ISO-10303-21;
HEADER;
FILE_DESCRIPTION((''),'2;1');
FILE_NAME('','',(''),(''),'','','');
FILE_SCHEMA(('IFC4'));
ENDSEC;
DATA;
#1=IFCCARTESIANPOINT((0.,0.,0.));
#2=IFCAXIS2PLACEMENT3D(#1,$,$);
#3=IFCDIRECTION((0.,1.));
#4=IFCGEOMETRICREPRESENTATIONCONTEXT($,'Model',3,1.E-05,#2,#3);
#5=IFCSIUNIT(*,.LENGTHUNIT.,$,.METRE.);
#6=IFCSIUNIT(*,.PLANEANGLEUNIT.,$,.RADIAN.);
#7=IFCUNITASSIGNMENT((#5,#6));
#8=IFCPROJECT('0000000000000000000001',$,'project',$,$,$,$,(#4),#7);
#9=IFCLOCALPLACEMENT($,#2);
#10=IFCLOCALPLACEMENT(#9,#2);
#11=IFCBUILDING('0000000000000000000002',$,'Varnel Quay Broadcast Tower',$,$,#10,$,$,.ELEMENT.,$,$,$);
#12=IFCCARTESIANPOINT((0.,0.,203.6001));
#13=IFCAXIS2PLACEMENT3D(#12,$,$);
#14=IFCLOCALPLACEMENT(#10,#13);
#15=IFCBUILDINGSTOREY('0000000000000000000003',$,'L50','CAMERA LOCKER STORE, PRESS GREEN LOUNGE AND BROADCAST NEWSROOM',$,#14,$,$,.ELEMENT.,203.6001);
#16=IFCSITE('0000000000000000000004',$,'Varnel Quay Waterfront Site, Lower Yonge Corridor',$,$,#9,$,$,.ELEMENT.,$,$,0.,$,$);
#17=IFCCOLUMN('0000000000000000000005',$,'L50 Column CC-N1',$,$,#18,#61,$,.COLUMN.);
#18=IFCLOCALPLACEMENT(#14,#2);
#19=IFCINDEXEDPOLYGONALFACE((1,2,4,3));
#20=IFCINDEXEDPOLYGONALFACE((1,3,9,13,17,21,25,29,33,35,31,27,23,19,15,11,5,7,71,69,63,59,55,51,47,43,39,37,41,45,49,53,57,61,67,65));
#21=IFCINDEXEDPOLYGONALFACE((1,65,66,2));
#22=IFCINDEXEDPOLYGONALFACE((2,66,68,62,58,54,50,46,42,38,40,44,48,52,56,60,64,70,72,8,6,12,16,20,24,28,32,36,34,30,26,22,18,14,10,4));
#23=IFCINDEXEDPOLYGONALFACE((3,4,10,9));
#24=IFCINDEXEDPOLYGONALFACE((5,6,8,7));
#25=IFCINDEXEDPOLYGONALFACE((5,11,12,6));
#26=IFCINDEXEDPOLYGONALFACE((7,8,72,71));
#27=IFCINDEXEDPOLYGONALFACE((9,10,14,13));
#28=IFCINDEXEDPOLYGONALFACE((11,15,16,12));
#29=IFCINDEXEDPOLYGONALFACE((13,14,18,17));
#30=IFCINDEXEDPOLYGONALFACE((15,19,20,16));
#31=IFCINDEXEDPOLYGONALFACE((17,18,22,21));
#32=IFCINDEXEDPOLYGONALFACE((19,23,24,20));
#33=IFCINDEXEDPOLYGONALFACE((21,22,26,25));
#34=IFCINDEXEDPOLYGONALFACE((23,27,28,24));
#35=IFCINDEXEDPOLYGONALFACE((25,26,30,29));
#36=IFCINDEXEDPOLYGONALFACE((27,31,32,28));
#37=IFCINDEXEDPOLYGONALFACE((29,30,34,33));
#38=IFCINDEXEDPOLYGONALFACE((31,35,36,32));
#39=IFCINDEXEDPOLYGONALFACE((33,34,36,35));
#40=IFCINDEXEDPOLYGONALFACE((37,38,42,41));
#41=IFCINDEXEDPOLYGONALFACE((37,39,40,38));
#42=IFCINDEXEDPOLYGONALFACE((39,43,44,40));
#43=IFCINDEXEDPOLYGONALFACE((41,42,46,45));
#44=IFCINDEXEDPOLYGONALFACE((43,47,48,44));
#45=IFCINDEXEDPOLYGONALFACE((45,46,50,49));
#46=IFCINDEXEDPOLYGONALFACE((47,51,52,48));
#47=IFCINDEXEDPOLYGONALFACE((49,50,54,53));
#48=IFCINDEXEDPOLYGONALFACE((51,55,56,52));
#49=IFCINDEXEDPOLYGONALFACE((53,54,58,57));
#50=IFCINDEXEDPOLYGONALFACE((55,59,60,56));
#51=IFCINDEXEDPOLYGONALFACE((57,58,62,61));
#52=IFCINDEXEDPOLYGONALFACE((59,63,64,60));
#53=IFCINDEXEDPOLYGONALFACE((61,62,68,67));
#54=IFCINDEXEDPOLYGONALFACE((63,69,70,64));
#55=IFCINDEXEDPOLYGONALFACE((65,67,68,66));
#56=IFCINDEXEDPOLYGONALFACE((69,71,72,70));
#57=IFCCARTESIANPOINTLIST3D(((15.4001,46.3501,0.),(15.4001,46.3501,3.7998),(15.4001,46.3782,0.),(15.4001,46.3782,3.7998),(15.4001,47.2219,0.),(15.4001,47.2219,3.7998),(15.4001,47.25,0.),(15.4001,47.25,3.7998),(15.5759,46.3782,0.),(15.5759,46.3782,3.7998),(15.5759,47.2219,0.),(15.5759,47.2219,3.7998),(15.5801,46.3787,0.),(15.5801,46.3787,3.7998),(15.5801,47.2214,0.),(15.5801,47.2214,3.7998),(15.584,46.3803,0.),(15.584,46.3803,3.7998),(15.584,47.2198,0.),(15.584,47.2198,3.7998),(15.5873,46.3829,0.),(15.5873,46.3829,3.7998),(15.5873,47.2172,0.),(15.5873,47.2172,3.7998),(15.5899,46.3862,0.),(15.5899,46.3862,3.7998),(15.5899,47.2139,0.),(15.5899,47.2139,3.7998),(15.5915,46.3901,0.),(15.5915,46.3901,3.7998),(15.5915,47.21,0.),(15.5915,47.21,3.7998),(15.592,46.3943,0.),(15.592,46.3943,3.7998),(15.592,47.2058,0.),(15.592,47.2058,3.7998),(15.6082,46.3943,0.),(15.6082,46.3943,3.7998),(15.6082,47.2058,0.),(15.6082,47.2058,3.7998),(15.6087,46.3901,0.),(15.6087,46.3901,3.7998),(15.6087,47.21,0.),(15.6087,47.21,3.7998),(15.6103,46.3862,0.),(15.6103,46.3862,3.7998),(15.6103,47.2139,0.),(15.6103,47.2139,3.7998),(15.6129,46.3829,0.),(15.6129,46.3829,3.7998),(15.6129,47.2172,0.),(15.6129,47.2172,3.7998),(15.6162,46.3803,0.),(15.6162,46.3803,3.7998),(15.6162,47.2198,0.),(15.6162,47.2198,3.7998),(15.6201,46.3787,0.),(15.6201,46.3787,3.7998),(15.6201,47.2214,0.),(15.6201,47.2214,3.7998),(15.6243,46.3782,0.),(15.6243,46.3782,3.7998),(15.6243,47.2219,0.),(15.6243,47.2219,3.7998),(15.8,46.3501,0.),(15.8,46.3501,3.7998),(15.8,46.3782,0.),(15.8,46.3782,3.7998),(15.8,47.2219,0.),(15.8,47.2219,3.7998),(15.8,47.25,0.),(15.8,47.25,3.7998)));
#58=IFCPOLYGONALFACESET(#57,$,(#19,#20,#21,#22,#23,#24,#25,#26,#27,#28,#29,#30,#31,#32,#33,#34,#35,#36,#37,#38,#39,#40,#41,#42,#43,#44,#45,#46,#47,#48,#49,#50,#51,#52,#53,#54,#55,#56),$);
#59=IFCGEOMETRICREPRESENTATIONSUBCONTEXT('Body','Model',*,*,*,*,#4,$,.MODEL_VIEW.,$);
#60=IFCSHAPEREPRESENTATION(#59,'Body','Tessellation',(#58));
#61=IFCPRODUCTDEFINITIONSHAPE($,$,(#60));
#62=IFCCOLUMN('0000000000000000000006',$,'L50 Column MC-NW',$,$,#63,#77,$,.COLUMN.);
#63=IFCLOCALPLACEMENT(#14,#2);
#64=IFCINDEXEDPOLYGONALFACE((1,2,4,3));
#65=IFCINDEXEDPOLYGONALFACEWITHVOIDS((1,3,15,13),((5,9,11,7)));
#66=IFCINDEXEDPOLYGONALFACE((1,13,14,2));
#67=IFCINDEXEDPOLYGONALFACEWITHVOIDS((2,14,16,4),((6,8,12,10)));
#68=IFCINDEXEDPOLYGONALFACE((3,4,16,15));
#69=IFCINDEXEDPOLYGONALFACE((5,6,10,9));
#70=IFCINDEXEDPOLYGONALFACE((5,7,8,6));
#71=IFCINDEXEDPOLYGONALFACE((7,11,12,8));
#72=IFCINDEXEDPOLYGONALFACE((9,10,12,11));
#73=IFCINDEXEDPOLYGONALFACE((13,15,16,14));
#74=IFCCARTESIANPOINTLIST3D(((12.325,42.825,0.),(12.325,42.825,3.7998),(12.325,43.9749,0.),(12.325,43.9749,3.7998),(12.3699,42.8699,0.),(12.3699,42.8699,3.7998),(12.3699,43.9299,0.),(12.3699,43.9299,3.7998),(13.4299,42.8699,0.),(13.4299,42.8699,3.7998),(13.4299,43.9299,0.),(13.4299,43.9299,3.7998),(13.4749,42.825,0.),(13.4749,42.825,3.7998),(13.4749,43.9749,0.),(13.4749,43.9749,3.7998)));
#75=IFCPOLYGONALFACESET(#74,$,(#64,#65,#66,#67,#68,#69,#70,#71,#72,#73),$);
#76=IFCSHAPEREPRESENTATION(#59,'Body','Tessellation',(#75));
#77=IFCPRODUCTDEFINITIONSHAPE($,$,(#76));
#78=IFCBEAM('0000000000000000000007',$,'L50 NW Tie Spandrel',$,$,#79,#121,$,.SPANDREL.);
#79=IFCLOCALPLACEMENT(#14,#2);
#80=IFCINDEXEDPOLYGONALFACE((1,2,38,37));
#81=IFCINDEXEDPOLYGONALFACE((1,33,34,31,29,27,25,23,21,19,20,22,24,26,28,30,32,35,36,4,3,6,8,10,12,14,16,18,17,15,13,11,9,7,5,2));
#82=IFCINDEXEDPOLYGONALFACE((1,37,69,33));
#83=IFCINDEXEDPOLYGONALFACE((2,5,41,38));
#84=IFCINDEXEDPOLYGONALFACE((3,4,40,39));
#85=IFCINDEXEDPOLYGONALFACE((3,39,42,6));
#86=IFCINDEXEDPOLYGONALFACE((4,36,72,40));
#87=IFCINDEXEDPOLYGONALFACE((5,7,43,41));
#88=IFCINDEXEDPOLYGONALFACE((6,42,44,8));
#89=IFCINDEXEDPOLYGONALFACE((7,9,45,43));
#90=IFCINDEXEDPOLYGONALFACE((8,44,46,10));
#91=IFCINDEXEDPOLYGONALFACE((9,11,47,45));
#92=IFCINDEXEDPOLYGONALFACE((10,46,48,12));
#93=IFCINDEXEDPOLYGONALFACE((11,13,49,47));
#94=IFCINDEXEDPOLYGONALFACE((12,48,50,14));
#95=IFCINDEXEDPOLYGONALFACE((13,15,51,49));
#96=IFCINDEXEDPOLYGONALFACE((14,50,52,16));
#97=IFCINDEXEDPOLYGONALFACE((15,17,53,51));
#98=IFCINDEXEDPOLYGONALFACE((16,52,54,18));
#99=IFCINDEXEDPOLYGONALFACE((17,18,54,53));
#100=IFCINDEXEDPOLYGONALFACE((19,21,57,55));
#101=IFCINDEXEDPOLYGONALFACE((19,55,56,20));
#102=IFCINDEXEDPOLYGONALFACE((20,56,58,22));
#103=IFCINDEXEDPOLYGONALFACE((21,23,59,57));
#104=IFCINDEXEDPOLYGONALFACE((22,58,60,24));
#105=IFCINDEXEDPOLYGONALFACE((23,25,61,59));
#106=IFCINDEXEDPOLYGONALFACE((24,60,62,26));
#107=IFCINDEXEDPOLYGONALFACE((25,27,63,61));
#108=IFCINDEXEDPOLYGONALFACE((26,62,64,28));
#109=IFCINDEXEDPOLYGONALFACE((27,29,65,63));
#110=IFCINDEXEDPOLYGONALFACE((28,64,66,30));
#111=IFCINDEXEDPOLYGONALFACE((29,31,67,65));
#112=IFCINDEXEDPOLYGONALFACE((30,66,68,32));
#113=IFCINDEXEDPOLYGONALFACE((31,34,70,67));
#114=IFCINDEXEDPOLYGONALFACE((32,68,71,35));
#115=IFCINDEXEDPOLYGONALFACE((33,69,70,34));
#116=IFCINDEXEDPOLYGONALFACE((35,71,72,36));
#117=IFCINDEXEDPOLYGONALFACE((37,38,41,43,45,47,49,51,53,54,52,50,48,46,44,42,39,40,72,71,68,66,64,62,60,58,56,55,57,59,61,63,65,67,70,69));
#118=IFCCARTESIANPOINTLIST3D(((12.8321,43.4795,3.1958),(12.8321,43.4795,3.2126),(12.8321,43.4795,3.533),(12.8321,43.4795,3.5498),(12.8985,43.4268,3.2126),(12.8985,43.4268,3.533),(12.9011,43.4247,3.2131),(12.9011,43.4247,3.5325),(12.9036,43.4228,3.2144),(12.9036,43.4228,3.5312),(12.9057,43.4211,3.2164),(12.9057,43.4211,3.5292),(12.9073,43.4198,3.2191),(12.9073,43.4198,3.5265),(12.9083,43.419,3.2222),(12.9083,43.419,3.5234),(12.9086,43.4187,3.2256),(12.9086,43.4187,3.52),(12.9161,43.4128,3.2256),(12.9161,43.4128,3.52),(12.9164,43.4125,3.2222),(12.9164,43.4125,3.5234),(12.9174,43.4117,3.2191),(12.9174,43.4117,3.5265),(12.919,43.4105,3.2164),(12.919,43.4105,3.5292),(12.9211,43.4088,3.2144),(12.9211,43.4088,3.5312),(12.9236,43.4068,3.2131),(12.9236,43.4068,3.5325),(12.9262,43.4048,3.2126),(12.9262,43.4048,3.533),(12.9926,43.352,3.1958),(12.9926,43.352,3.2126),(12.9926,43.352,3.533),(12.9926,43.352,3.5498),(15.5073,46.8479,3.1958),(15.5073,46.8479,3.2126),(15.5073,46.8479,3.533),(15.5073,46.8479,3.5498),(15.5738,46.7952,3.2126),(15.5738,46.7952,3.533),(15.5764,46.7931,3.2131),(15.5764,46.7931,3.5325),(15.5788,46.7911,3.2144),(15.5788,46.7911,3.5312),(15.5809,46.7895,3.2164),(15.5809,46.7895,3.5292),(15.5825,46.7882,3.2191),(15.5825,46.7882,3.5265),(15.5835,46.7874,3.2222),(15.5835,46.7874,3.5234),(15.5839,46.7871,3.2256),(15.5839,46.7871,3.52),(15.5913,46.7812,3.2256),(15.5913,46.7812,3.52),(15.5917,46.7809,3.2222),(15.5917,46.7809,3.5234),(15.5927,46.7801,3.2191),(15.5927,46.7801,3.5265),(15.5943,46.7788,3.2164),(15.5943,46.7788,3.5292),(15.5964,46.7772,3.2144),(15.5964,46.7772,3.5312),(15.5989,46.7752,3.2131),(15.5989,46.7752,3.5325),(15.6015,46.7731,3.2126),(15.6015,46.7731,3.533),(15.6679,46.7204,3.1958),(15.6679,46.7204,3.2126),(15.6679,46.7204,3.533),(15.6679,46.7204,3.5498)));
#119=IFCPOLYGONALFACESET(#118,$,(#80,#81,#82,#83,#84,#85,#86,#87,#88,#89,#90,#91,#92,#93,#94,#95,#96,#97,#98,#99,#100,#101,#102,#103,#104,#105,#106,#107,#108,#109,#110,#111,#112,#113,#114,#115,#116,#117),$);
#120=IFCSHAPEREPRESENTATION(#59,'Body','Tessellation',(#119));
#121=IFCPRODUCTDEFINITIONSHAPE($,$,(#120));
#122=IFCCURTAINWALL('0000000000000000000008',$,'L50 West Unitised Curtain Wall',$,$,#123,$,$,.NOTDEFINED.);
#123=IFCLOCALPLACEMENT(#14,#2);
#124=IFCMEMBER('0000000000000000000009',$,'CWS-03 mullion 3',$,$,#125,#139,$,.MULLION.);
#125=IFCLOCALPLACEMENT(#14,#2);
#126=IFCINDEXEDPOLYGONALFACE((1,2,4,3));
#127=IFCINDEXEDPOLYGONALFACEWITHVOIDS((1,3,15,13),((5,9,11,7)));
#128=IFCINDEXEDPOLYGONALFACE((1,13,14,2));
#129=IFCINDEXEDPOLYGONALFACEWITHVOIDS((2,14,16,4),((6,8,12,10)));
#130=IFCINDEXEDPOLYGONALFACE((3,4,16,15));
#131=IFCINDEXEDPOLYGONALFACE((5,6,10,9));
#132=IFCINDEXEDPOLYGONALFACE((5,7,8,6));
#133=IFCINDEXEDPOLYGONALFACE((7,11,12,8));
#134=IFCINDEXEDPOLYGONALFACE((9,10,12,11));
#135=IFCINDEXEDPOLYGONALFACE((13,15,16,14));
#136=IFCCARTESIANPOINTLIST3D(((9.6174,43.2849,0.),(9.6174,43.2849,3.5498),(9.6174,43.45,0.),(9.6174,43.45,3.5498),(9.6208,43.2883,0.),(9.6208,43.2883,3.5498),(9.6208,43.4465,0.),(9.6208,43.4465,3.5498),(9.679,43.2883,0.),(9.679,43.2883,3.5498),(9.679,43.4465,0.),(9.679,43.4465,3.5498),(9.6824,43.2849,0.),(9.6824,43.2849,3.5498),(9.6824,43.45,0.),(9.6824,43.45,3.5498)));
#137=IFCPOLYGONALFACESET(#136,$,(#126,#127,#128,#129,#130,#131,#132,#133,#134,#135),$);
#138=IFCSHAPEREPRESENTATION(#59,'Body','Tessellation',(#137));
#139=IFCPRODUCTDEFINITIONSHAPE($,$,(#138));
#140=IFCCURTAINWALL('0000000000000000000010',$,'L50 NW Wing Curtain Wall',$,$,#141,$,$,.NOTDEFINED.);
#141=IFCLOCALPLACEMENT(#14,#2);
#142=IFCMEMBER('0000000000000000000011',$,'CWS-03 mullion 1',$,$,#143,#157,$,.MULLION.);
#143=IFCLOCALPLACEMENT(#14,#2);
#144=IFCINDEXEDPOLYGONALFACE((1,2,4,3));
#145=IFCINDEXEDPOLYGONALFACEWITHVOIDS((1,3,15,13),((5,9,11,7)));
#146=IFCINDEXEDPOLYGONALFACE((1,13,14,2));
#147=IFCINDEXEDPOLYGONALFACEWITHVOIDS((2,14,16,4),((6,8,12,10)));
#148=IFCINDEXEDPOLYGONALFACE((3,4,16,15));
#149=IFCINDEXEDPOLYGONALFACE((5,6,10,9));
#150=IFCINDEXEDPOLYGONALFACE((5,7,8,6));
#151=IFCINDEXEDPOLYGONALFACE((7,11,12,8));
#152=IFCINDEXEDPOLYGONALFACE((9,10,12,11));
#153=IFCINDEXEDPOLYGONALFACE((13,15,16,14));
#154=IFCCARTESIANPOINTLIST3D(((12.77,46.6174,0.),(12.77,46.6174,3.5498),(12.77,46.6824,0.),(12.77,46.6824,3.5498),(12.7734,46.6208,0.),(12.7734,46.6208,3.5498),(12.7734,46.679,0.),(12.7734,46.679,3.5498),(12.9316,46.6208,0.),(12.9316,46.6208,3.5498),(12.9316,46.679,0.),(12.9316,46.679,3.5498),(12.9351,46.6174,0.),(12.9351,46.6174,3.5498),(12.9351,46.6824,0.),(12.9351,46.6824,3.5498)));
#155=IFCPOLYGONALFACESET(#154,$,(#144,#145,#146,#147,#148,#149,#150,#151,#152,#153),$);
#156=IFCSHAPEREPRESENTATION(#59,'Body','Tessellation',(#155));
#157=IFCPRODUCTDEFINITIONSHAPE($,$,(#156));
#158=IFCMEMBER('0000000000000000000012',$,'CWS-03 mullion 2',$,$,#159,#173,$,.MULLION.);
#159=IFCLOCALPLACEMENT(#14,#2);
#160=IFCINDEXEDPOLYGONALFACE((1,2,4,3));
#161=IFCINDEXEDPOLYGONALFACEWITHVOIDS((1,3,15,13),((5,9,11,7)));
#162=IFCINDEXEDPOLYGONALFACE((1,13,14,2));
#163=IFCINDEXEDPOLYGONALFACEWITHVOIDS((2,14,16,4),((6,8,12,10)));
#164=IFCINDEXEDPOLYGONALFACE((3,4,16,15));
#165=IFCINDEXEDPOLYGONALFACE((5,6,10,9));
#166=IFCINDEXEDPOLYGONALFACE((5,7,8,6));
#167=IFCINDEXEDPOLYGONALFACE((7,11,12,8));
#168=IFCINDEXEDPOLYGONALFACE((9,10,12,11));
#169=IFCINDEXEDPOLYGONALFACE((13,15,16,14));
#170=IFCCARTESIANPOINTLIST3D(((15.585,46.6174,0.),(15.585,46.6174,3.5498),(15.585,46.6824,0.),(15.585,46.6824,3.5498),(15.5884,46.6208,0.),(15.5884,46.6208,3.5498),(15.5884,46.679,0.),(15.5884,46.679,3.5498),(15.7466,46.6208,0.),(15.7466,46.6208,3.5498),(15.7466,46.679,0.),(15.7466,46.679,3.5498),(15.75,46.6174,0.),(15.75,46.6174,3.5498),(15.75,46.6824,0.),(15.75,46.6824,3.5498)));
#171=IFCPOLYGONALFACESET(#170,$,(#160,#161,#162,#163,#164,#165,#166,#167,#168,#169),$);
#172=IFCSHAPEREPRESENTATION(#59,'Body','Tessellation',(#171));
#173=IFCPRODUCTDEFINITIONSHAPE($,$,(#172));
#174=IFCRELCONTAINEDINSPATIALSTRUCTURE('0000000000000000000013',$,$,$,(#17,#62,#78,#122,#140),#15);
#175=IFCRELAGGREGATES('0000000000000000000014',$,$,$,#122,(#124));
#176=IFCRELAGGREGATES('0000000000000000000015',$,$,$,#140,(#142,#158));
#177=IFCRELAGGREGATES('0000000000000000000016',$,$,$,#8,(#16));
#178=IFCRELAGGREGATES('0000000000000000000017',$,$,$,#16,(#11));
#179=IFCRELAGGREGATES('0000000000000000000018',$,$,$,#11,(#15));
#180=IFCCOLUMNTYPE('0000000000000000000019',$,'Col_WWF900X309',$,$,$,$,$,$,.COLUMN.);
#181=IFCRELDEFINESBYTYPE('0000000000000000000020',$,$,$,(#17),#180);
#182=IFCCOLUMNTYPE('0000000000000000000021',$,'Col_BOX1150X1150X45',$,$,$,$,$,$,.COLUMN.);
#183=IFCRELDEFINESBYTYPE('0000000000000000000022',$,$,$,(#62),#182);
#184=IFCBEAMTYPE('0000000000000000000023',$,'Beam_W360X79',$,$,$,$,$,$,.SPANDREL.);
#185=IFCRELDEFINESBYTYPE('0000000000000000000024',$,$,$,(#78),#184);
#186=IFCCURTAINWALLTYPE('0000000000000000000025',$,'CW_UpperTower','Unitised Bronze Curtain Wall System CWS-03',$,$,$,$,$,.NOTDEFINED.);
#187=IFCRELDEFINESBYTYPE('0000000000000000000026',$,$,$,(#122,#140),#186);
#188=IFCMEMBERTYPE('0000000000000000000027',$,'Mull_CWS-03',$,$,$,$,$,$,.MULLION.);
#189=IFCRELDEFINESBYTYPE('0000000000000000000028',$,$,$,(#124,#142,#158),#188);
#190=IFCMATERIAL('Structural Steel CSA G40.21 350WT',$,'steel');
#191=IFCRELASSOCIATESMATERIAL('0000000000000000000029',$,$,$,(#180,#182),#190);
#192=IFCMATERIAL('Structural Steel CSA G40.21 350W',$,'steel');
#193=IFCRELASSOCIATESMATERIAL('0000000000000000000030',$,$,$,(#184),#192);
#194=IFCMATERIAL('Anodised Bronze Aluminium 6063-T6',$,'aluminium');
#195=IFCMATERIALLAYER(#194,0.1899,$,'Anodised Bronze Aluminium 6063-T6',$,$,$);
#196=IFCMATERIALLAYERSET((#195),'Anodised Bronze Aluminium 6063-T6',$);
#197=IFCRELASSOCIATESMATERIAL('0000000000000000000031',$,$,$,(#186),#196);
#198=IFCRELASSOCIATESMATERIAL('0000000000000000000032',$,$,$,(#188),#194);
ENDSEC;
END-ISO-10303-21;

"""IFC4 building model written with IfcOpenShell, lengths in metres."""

from ifc_helpers import new_model, si_unit, direction, frame, origin, origin_2d, place, context, subcontext, project, spatial, hollow_rectangle, i_section, extrude, source, transform, mapped, material, layer, layer_set, material_profile, profile_set, type_object, type_shapes, element, aggregate, save


model = new_model("IFC4")

# Units and contexts
model_context = context("Model", 3, precision=1e-05, world=origin(), true_north=direction((0.0, 1.0)))
body_context = subcontext(model_context, "Body", "Model", "MODEL_VIEW")
ifc_project = project(units=[si_unit("LENGTHUNIT", "METRE"), si_unit("PLANEANGLEUNIT", "RADIAN")], contexts=[model_context])

# Site, building, storey
site_placement = place(None, origin())
site = spatial("IfcSite", under=ifc_project, at=site_placement, Name="Varnel Quay Waterfront Site, Lower Yonge Corridor", CompositionType="ELEMENT", RefElevation=0.0)
building_placement = place(site_placement, origin())
building = spatial("IfcBuilding", under=site, at=building_placement, Name="Varnel Quay Broadcast Tower", CompositionType="ELEMENT")
storey_placement = place(building_placement, frame((0.0, 0.0, 203.6001)))
storey = spatial("IfcBuildingStorey", under=building, at=storey_placement, Name="L50", Description="CAMERA LOCKER STORE, PRESS GREEN LOUNGE AND BROADCAST NEWSROOM", CompositionType="ELEMENT", Elevation=203.6001)

# Columns
ifc_material_1 = material(Name="Structural Steel CSA G40.21 350WT", Category="steel")
ifc_material_profile_1 = material_profile(ifc_material_1, i_section(OverallWidth=0.3999, OverallDepth=0.8999, WebThickness=0.0161, FlangeThickness=0.0281, FilletRadius=0.0161, at=origin_2d()), Name="WWF900X309")
ifc_profile_set_1 = profile_set([ifc_material_profile_1], Name="Structural Steel CSA G40.21 350WT")
column_type_1 = type_object("IfcColumnType", Name="Col_WWF900X309", PredefinedType="COLUMN", material=ifc_profile_set_1)
shared_shape_1 = source(origin(), body_context, "Body", "SweptSolid", [
    extrude(i_section(OverallWidth=0.3999, OverallDepth=0.8999, WebThickness=0.0161, FlangeThickness=0.0281, FilletRadius=0.0161, at=origin_2d()), origin(), (0.0, 0.0, 1.0), 3.7998),
])
type_shapes(column_type_1, [shared_shape_1])
column_1_placement = place(storey_placement, frame((15.6001, 46.8, 0.0), z_axis=(0.0, 0.0, 1.0), x_axis=(1.0, 0.0, 0.0)))
element("IfcColumn", 1, at=column_1_placement, inside=storey, type_object=column_type_1, Name="L50 Column CC-N1", PredefinedType="COLUMN", context=body_context, shape_type="MappedRepresentation", body=[
    mapped(shared_shape_1, transform((0.0, 0.0, 0.0), x_axis=(1.0, 0.0, 0.0), y_axis=(0.0, 1.0, 0.0), z_axis=(0.0, 0.0, 1.0), scale=1.0)),
])
ifc_material_profile_2 = material_profile(ifc_material_1, hollow_rectangle(XDim=1.1499, YDim=1.1499, WallThickness=0.0449, at=origin_2d()), Name="BOX1150X1150X45")
ifc_profile_set_2 = profile_set([ifc_material_profile_2], Name="Structural Steel CSA G40.21 350WT")
column_type_2 = type_object("IfcColumnType", Name="Col_BOX1150X1150X45", PredefinedType="COLUMN", material=ifc_profile_set_2)
shared_shape_2 = source(origin(), body_context, "Body", "SweptSolid", [
    extrude(hollow_rectangle(XDim=1.1499, YDim=1.1499, WallThickness=0.0449, at=origin_2d()), origin(), (0.0, 0.0, 1.0), 3.7998),
])
type_shapes(column_type_2, [shared_shape_2])
column_2_placement = place(storey_placement, frame((12.8999, 43.3999, 0.0), z_axis=(0.0, 0.0, 1.0), x_axis=(1.0, 0.0, 0.0)))
element("IfcColumn", 2, at=column_2_placement, inside=storey, type_object=column_type_2, Name="L50 Column MC-NW", PredefinedType="COLUMN", context=body_context, shape_type="MappedRepresentation", body=[
    mapped(shared_shape_2, transform((0.0, 0.0, 0.0), x_axis=(1.0, 0.0, 0.0), y_axis=(0.0, 1.0, 0.0), z_axis=(0.0, 0.0, 1.0), scale=1.0)),
])

# Beam
ifc_material_2 = material(Name="Structural Steel CSA G40.21 350W", Category="steel")
ifc_material_profile_3 = material_profile(ifc_material_2, i_section(OverallWidth=0.2051, OverallDepth=0.354, WebThickness=0.0095, FlangeThickness=0.0168, FilletRadius=0.0129, at=origin_2d()), Name="W360X79")
ifc_profile_set_3 = profile_set([ifc_material_profile_3], Name="Structural Steel CSA G40.21 350W")
beam_type = type_object("IfcBeamType", Name="Beam_W360X79", PredefinedType="SPANDREL", material=ifc_profile_set_3)
shared_shape_3 = source(origin(), body_context, "Body", "SweptSolid", [
    extrude(i_section(OverallWidth=0.2051, OverallDepth=0.354, WebThickness=0.0095, FlangeThickness=0.0168, FilletRadius=0.0129, at=origin_2d()), origin(), (0.0, 0.0, 1.0), 4.3015),
])
type_shapes(beam_type, [shared_shape_3])
beam_placement = place(storey_placement, frame((12.9124, 43.4158, 3.3728), z_axis=(0.621936, 0.783068, 0.0), x_axis=(-0.783068, 0.621936, 0.0)))
element("IfcBeam", 3, at=beam_placement, inside=storey, type_object=beam_type, Name="L50 NW Tie Spandrel", PredefinedType="SPANDREL", context=body_context, shape_type="MappedRepresentation", body=[
    mapped(shared_shape_3, transform((0.0, 0.0, 0.0), x_axis=(1.0, 0.0, 0.0), y_axis=(0.0, 1.0, 0.0), z_axis=(0.0, 0.0, 1.0), scale=1.0)),
])

# Curtain wall, member
ifc_material_3 = material(Name="Anodised Bronze Aluminium 6063-T6", Category="aluminium")
ifc_layer_1 = layer(ifc_material_3, 0.1899, Name="Anodised Bronze Aluminium 6063-T6")
ifc_layer_set_1 = layer_set([ifc_layer_1], Name="Anodised Bronze Aluminium 6063-T6")
curtain_wall_type = type_object("IfcCurtainWallType", Name="CW_UpperTower", Description="Unitised Bronze Curtain Wall System CWS-03", PredefinedType="NOTDEFINED", material=ifc_layer_set_1)
curtain_wall_1_placement = place(storey_placement, origin())
curtain_wall_1 = element("IfcCurtainWall", 4, at=curtain_wall_1_placement, inside=storey, type_object=curtain_wall_type, Name="L50 West Unitised Curtain Wall", PredefinedType="NOTDEFINED")
ifc_material_profile_4 = material_profile(ifc_material_3, hollow_rectangle(XDim=0.0649, YDim=0.165, WallThickness=0.0034, at=origin_2d()), Name="ALU65X165X3.5")
ifc_profile_set_4 = profile_set([ifc_material_profile_4], Name="Anodised Bronze Aluminium 6063-T6")
member_type_1 = type_object("IfcMemberType", Name="Mull_CWS-03", PredefinedType="MULLION", material=ifc_profile_set_4)
shared_shape_4 = source(origin(), body_context, "Body", "SweptSolid", [
    extrude(hollow_rectangle(XDim=0.0649, YDim=0.165, WallThickness=0.0034, at=origin_2d()), origin(), (0.0, 0.0, 1.0), 3.5498),
])
type_shapes(member_type_1, [shared_shape_4])
member_1_placement = place(storey_placement, frame((9.6499, 43.3674, 0.0), z_axis=(0.0, 0.0, 1.0), x_axis=(-1.0, 0.0, 0.0)))
member_1 = element("IfcMember", 5, at=member_1_placement, type_object=member_type_1, Name="CWS-03 mullion 3", PredefinedType="MULLION", context=body_context, shape_type="MappedRepresentation", body=[
    mapped(shared_shape_4, transform((0.0, 0.0, 0.0), x_axis=(1.0, 0.0, 0.0), y_axis=(0.0, 1.0, 0.0), z_axis=(0.0, 0.0, 1.0), scale=1.0)),
])
aggregate(curtain_wall_1, [member_1])

# Curtain wall, members
curtain_wall_2_placement = place(storey_placement, origin())
curtain_wall_2 = element("IfcCurtainWall", 6, at=curtain_wall_2_placement, inside=storey, type_object=curtain_wall_type, Name="L50 NW Wing Curtain Wall", PredefinedType="NOTDEFINED")
member_2_placement = place(storey_placement, frame((12.8525, 46.6499, 0.0), z_axis=(0.0, 0.0, 1.0), x_axis=(0.0, 1.0, 0.0)))
member_2 = element("IfcMember", 7, at=member_2_placement, type_object=member_type_1, Name="CWS-03 mullion 1", PredefinedType="MULLION", context=body_context, shape_type="MappedRepresentation", body=[
    mapped(shared_shape_4, transform((0.0, 0.0, 0.0), x_axis=(1.0, 0.0, 0.0), y_axis=(0.0, 1.0, 0.0), z_axis=(0.0, 0.0, 1.0), scale=1.0)),
])
member_3_placement = place(storey_placement, frame((15.6675, 46.6499, 0.0), z_axis=(0.0, 0.0, 1.0), x_axis=(0.0, 1.0, 0.0)))
member_3 = element("IfcMember", 8, at=member_3_placement, type_object=member_type_1, Name="CWS-03 mullion 2", PredefinedType="MULLION", context=body_context, shape_type="MappedRepresentation", body=[
    mapped(shared_shape_4, transform((0.0, 0.0, 0.0), x_axis=(1.0, 0.0, 0.0), y_axis=(0.0, 1.0, 0.0), z_axis=(0.0, 0.0, 1.0), scale=1.0)),
])
aggregate(curtain_wall_2, [member_2, member_3])

save(model, "model.ifc")
